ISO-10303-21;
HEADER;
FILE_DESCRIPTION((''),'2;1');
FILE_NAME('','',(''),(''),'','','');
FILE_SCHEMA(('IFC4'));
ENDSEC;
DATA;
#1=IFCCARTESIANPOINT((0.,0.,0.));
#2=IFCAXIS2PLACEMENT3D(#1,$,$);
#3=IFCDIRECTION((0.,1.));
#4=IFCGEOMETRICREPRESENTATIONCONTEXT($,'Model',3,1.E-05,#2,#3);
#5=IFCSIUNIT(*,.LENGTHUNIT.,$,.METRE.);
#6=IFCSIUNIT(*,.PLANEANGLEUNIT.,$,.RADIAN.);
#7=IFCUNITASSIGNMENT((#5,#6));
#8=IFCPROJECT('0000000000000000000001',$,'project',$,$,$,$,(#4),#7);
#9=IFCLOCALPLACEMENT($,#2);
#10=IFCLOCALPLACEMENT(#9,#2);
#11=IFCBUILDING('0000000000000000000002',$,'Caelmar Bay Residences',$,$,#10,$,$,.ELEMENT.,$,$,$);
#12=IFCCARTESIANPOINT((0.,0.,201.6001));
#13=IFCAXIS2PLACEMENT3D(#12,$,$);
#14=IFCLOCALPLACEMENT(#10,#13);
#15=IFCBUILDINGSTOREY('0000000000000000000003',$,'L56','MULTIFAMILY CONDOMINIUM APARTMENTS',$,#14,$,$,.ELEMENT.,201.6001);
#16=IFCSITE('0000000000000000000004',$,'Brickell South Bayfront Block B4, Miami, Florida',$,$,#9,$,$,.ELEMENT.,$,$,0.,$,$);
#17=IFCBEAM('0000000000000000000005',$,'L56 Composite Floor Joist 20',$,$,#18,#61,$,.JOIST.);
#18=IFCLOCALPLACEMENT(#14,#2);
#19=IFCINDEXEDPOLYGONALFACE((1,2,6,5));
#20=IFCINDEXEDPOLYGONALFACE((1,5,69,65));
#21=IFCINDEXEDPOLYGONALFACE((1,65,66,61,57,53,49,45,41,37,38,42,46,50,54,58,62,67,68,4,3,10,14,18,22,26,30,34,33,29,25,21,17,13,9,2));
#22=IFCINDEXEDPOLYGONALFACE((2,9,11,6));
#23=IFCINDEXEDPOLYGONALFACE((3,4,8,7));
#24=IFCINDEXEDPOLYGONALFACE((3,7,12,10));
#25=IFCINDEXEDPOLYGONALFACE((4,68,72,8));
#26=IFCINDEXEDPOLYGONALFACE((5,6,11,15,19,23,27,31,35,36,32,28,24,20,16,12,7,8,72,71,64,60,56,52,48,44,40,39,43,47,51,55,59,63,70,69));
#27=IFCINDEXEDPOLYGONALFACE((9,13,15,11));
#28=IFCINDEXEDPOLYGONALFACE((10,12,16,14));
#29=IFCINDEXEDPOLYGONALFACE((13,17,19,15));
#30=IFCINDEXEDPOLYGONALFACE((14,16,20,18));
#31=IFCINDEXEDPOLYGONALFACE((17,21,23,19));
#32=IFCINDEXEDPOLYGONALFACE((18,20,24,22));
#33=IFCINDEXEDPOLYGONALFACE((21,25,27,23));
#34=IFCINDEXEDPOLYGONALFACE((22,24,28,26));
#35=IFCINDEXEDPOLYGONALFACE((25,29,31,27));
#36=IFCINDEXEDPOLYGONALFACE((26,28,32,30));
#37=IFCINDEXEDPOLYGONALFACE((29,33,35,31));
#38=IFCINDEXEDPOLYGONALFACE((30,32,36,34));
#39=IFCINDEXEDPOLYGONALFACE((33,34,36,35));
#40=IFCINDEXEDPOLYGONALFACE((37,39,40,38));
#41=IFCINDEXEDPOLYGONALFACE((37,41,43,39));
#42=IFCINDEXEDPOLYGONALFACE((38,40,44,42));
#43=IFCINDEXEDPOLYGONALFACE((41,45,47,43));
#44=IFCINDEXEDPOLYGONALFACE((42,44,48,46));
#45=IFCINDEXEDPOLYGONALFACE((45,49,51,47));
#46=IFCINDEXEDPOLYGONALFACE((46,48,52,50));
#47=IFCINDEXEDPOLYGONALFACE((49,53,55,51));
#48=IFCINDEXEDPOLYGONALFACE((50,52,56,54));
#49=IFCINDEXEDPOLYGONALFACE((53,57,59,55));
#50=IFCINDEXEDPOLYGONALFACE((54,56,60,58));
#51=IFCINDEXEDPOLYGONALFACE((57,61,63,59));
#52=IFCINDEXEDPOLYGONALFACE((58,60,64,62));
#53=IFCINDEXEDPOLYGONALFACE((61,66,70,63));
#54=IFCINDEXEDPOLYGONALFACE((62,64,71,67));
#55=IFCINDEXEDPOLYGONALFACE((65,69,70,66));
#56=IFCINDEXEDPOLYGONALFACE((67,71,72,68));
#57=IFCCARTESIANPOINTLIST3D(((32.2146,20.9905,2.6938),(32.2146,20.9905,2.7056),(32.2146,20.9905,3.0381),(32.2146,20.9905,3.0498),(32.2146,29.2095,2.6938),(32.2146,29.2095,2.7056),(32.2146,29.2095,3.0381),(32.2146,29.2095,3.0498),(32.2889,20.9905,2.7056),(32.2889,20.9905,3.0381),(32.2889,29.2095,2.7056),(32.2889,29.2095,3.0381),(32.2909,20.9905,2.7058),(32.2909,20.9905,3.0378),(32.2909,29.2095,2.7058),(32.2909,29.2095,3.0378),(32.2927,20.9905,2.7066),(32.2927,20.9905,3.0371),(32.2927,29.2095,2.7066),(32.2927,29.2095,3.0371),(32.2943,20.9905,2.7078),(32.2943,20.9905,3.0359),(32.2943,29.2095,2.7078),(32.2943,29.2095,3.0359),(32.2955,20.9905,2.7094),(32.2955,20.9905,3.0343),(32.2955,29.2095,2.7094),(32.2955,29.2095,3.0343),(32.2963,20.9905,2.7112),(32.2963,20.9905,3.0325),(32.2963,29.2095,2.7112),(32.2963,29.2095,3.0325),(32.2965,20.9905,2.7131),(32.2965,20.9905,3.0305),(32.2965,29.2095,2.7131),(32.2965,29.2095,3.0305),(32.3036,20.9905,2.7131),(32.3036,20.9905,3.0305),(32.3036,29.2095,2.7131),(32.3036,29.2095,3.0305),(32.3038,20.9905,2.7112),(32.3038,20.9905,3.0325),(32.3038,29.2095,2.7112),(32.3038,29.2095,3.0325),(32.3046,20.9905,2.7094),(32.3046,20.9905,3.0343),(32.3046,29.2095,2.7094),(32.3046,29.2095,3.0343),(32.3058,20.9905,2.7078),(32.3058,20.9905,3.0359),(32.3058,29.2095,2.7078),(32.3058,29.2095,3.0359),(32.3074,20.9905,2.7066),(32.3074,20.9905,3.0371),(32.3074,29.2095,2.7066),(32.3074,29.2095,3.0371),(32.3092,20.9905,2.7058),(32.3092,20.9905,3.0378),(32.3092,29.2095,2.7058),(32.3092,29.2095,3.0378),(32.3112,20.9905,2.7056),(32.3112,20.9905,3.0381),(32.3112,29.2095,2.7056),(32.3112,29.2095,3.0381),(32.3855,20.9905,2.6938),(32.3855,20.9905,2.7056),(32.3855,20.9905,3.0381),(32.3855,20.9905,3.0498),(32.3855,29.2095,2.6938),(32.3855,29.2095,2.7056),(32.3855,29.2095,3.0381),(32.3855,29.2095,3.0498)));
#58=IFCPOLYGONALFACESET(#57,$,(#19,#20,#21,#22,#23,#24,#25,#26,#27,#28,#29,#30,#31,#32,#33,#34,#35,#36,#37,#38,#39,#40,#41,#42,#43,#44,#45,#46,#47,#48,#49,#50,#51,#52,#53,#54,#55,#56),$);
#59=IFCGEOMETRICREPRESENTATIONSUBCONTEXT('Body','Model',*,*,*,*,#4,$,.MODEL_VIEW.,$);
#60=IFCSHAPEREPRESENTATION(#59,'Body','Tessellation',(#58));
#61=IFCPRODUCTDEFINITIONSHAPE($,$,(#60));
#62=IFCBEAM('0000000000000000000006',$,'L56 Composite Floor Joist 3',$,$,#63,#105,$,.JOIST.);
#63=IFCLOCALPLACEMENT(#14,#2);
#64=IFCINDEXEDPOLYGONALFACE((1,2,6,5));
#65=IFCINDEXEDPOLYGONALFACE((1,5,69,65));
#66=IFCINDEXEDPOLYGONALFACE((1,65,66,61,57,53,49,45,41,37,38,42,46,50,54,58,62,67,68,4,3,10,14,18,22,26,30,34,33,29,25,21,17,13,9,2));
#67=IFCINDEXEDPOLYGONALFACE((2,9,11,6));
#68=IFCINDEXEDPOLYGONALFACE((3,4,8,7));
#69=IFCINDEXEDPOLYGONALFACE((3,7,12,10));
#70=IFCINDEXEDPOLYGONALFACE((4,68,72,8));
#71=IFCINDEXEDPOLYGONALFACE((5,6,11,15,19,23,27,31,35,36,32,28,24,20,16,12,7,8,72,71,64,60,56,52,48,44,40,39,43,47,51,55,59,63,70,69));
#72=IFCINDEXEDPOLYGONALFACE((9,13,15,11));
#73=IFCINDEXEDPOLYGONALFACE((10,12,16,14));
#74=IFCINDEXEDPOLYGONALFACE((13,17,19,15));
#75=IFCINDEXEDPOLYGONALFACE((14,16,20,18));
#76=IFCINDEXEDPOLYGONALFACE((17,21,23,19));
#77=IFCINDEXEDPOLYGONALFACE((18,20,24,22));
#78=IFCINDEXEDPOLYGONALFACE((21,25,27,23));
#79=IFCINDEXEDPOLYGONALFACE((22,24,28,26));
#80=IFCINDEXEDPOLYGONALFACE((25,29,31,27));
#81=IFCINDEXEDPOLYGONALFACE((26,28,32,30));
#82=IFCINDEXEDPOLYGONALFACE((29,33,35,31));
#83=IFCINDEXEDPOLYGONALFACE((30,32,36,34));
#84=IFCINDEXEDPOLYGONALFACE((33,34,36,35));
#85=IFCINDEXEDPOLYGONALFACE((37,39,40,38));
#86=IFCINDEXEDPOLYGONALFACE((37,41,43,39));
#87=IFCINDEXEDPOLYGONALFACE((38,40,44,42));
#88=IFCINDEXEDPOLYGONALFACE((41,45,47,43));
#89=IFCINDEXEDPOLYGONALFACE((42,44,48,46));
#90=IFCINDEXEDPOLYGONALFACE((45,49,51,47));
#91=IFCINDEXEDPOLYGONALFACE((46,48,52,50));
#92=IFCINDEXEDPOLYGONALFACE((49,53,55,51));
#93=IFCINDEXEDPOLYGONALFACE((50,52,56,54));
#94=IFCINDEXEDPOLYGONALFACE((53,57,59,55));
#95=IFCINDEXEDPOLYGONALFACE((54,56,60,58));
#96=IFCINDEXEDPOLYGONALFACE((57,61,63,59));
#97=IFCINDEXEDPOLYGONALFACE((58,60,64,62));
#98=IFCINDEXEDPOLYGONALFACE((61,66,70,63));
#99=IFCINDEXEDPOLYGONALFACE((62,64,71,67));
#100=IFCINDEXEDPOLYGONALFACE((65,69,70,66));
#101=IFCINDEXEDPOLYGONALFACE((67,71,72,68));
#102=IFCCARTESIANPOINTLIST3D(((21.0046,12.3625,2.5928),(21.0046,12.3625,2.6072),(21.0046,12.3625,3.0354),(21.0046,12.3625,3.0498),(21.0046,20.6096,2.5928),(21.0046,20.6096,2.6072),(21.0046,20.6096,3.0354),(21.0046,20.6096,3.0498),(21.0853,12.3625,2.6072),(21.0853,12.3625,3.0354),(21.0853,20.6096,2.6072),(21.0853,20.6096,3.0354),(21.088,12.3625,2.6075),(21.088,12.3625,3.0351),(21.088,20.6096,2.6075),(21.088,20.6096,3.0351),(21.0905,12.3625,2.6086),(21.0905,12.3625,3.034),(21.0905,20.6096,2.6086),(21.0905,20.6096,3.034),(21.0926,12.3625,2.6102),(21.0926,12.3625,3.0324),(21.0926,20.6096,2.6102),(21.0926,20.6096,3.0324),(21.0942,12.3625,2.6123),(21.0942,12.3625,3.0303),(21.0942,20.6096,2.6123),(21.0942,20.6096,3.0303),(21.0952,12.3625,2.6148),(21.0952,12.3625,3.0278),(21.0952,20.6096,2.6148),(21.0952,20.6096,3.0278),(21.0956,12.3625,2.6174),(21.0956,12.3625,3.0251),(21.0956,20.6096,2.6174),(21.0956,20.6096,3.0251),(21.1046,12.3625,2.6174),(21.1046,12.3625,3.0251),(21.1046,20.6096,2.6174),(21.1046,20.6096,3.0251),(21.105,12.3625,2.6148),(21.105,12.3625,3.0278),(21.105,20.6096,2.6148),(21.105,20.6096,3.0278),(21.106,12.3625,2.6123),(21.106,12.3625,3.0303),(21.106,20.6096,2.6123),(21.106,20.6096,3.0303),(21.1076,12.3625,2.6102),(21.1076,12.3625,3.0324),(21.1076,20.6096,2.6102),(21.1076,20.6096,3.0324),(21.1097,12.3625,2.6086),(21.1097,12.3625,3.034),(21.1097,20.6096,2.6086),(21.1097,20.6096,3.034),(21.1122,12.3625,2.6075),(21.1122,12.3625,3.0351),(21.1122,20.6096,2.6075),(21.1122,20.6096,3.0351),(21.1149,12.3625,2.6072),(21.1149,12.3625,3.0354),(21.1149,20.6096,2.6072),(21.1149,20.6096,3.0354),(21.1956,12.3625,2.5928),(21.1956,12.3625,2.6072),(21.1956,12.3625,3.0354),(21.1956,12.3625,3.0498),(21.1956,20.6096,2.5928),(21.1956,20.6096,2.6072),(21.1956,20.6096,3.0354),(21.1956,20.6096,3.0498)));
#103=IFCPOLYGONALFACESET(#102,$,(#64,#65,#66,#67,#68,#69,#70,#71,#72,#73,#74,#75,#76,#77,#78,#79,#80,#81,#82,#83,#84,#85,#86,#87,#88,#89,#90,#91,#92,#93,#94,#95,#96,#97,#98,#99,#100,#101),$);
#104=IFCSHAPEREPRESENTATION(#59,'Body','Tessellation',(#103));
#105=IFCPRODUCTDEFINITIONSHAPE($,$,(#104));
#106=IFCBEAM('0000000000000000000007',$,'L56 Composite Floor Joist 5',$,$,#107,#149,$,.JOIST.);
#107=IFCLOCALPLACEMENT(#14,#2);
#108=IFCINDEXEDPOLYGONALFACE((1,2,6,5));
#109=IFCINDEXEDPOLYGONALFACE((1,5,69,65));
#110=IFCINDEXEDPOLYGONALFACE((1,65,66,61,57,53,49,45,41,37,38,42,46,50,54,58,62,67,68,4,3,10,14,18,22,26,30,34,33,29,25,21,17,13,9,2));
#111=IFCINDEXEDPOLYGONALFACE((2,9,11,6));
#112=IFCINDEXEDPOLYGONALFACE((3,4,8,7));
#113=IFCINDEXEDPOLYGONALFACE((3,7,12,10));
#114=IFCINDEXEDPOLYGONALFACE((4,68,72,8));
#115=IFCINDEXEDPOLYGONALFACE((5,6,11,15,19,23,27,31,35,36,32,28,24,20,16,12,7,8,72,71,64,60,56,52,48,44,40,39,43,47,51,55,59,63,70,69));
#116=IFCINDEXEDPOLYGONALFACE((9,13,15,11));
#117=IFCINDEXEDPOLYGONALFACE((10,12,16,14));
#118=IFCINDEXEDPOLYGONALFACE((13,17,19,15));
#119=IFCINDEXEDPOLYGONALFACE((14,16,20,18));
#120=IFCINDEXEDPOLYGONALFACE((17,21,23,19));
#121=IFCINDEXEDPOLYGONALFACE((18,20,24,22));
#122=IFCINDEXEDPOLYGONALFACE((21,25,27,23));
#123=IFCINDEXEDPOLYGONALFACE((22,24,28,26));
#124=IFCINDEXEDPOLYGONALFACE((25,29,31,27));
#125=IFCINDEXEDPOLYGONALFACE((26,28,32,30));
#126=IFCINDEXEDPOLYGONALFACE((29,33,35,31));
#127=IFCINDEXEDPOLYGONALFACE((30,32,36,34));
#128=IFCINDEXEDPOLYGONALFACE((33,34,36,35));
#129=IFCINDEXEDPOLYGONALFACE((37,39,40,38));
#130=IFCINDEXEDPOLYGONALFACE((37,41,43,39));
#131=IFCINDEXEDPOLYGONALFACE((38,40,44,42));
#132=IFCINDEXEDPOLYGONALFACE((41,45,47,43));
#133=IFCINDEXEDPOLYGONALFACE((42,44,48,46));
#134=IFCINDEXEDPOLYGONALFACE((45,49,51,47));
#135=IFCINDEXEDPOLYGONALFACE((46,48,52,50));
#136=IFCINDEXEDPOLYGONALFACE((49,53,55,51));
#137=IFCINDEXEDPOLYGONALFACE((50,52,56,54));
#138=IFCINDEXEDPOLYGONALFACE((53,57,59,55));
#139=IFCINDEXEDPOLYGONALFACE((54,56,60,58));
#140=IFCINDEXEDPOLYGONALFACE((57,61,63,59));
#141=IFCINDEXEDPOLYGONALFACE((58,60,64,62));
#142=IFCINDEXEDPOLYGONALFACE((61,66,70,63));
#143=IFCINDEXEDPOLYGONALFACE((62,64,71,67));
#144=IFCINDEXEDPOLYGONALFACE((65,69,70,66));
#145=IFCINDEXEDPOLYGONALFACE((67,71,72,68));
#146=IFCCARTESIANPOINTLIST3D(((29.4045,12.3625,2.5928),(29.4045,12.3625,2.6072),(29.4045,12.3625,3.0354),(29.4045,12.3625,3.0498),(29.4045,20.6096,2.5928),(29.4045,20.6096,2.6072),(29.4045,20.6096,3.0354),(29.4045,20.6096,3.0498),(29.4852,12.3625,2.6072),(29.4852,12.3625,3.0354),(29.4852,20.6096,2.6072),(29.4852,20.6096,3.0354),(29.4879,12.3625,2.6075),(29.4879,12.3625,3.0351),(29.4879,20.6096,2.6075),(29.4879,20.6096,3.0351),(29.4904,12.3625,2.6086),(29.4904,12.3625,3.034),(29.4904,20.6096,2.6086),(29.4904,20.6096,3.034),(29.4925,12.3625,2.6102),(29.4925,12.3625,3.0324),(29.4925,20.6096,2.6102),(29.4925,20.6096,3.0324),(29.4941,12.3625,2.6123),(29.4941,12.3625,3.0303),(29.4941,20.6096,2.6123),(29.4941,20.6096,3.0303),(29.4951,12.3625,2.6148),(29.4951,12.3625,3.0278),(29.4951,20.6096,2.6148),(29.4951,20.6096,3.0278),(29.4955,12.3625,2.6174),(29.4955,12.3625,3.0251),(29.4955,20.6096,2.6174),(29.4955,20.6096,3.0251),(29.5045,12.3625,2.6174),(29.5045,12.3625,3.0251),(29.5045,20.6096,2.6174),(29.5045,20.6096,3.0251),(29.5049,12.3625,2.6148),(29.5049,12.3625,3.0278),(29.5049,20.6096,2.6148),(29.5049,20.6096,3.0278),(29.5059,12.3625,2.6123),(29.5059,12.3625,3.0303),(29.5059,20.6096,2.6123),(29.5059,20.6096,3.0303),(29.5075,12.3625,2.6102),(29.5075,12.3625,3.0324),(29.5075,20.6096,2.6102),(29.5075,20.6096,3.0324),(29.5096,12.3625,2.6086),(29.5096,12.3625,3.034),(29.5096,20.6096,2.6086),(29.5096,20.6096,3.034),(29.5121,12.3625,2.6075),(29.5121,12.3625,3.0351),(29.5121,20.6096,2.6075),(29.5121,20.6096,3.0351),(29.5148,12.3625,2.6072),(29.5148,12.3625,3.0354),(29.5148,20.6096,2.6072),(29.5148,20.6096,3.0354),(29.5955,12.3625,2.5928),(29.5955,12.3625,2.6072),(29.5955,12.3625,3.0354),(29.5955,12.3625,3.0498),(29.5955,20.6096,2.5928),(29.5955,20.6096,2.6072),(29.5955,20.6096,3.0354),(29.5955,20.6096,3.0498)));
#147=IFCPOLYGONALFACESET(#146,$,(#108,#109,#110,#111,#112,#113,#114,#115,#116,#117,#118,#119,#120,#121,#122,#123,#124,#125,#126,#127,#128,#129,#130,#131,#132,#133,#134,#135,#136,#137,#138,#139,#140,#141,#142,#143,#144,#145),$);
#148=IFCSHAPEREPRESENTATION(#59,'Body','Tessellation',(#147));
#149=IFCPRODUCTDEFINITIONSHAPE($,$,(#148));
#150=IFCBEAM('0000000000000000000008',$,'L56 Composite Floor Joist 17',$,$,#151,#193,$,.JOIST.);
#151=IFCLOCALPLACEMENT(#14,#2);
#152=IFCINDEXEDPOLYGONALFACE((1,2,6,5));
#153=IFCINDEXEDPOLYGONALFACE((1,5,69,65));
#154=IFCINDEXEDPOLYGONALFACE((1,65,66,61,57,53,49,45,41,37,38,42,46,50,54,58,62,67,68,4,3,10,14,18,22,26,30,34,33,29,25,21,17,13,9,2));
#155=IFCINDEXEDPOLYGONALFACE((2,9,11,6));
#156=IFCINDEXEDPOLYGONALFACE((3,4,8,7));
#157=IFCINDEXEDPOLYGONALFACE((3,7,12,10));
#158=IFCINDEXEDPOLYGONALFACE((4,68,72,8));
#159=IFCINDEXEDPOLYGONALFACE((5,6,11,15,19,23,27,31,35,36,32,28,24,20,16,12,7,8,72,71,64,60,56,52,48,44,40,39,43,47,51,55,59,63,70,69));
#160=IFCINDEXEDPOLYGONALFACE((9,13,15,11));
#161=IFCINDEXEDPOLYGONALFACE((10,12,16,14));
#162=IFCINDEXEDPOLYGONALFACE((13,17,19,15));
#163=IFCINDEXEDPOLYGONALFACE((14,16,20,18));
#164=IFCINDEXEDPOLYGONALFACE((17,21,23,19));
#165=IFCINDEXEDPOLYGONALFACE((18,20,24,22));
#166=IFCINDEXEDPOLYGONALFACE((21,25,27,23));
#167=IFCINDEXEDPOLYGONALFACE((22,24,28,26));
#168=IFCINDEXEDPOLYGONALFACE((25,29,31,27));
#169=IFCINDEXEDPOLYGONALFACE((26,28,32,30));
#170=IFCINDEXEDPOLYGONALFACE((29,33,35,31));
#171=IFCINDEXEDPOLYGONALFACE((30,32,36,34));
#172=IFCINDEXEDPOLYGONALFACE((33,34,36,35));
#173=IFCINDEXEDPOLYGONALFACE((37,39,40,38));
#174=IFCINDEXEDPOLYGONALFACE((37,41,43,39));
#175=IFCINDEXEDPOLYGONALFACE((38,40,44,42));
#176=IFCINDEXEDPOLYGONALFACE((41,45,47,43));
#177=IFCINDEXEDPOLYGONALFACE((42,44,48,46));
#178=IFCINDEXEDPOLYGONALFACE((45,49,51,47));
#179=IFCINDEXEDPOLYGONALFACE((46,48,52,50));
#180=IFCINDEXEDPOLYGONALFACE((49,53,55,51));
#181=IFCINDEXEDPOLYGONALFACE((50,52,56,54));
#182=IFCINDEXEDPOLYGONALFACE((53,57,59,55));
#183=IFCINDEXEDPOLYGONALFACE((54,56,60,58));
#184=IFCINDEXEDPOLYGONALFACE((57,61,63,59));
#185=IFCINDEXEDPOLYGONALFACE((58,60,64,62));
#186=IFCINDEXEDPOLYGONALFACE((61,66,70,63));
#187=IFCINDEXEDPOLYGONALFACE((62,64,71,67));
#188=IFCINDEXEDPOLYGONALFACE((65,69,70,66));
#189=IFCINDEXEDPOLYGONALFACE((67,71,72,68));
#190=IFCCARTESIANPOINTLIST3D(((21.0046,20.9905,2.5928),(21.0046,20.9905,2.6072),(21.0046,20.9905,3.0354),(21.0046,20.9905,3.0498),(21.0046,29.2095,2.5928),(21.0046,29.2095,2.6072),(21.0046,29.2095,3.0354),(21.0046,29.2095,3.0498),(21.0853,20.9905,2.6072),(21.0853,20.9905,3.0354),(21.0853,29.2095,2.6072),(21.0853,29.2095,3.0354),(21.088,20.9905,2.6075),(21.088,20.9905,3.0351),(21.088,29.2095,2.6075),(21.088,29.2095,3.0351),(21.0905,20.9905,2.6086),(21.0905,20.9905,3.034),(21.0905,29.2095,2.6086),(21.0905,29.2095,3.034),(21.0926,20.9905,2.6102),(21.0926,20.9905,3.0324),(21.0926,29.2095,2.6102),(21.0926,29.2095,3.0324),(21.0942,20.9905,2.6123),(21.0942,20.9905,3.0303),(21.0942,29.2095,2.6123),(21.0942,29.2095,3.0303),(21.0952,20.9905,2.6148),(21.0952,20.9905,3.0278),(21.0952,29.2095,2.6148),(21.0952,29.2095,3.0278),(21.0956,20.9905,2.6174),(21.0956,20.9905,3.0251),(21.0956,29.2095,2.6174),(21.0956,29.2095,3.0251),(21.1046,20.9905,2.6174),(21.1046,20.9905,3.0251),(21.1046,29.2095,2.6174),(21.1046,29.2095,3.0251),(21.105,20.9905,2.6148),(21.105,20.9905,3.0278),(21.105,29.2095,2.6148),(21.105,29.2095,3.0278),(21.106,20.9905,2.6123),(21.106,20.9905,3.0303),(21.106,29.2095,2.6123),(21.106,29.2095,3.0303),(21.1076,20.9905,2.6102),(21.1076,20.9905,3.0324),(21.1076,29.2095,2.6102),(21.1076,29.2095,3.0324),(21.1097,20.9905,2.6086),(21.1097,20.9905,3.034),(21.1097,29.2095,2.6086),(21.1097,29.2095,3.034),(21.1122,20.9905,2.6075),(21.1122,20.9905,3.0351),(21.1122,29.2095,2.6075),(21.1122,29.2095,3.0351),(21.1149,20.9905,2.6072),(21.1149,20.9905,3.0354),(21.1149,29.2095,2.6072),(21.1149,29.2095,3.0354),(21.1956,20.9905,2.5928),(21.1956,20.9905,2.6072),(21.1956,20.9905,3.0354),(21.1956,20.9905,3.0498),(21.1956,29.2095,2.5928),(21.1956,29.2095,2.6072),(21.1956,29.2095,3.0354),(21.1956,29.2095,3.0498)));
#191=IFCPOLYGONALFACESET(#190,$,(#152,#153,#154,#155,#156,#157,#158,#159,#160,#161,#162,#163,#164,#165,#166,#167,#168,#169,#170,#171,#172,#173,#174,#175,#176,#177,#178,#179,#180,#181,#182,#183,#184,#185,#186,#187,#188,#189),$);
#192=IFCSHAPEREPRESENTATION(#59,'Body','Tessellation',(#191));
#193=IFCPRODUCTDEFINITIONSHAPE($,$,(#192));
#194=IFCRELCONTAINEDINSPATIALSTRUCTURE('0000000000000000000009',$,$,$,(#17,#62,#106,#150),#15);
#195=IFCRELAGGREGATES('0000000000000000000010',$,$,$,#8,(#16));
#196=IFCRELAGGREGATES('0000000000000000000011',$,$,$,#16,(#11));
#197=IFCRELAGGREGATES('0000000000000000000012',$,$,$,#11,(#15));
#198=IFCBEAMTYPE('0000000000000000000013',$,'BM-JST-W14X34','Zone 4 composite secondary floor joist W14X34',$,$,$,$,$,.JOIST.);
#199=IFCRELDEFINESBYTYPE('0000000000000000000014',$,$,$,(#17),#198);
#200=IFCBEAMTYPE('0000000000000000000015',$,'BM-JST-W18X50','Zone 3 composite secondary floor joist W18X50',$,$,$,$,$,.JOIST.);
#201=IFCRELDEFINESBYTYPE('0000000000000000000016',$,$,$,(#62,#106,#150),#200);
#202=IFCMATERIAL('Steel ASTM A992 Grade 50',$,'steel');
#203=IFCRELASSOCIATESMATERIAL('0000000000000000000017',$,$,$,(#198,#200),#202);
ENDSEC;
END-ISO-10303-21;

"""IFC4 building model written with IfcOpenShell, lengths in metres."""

from ifc_helpers import new_model, si_unit, direction, frame, origin, origin_2d, place, context, subcontext, project, spatial, i_section, extrude, material, material_profile, profile_set, type_object, element, save


model = new_model("IFC4")

# Units and contexts
model_context = context("Model", 3, precision=1e-05, world=origin(), true_north=direction((0.0, 1.0)))
body_context = subcontext(model_context, "Body", "Model", "MODEL_VIEW")
ifc_project = project(units=[si_unit("LENGTHUNIT", "METRE"), si_unit("PLANEANGLEUNIT", "RADIAN")], contexts=[model_context])

# Site, building, storey
site_placement = place(None, origin())
site = spatial("IfcSite", under=ifc_project, at=site_placement, Name="Brickell South Bayfront Block B4, Miami, Florida", CompositionType="ELEMENT", RefElevation=0.0)
building_placement = place(site_placement, origin())
building = spatial("IfcBuilding", under=site, at=building_placement, Name="Caelmar Bay Residences", CompositionType="ELEMENT")
storey_placement = place(building_placement, frame((0.0, 0.0, 201.6001)))
storey = spatial("IfcBuildingStorey", under=building, at=storey_placement, Name="L56", Description="MULTIFAMILY CONDOMINIUM APARTMENTS", CompositionType="ELEMENT", Elevation=201.6001)

# Beams
ifc_material_1 = material(Name="Steel ASTM A992 Grade 50", Category="steel")
ifc_material_profile_1 = material_profile(ifc_material_1, i_section(OverallWidth=0.1709, OverallDepth=0.356, WebThickness=0.0071, FlangeThickness=0.0117, FilletRadius=0.0076, at=origin_2d()), Name="W14X34")
ifc_profile_set_1 = profile_set([ifc_material_profile_1], Name="Steel ASTM A992 Grade 50")
beam_type_1 = type_object("IfcBeamType", Name="BM-JST-W14X34", Description="Zone 4 composite secondary floor joist W14X34", PredefinedType="JOIST", material=ifc_profile_set_1)
for number, where, z_axis, x_axis, name in (
    (1, (32.3, 20.9905, 2.8718), (0.0, 1.0, 0.0), (-1.0, 0.0, 0.0), "L56 Composite Floor Joist 20"),
):
    element("IfcBeam", number, at=place(storey_placement, frame(where, z_axis=z_axis, x_axis=x_axis)), inside=storey, type_object=beam_type_1, Name=name, PredefinedType="JOIST", context=body_context, shape_type="SweptSolid", body=[
        extrude(i_section(OverallWidth=0.1709, OverallDepth=0.356, WebThickness=0.0071, FlangeThickness=0.0117, FilletRadius=0.0076, at=origin_2d()), origin(), (0.0, 0.0, 1.0), 8.219),
    ])
ifc_material_profile_2 = material_profile(ifc_material_1, i_section(OverallWidth=0.1909, OverallDepth=0.457, WebThickness=0.009, FlangeThickness=0.0144, FilletRadius=0.0103, at=origin_2d()), Name="W18X50")
ifc_profile_set_2 = profile_set([ifc_material_profile_2], Name="Steel ASTM A992 Grade 50")
beam_type_2 = type_object("IfcBeamType", Name="BM-JST-W18X50", Description="Zone 3 composite secondary floor joist W18X50", PredefinedType="JOIST", material=ifc_profile_set_2)
for number, where, z_axis, x_axis, name in (
    (2, (21.1001, 12.3625, 2.8213), (0.0, 1.0, 0.0), (-1.0, 0.0, 0.0), "L56 Composite Floor Joist 3"),
    (3, (29.5, 12.3625, 2.8213), (0.0, 1.0, 0.0), (-1.0, 0.0, 0.0), "L56 Composite Floor Joist 5"),
):
    element("IfcBeam", number, at=place(storey_placement, frame(where, z_axis=z_axis, x_axis=x_axis)), inside=storey, type_object=beam_type_2, Name=name, PredefinedType="JOIST", context=body_context, shape_type="SweptSolid", body=[
        extrude(i_section(OverallWidth=0.1909, OverallDepth=0.457, WebThickness=0.009, FlangeThickness=0.0144, FilletRadius=0.0103, at=origin_2d()), origin(), (0.0, 0.0, 1.0), 8.2471),
    ])
for number, where, z_axis, x_axis, name in (
    (4, (21.1001, 20.9905, 2.8213), (0.0, 1.0, 0.0), (-1.0, 0.0, 0.0), "L56 Composite Floor Joist 17"),
):
    element("IfcBeam", number, at=place(storey_placement, frame(where, z_axis=z_axis, x_axis=x_axis)), inside=storey, type_object=beam_type_2, Name=name, PredefinedType="JOIST", context=body_context, shape_type="SweptSolid", body=[
        extrude(i_section(OverallWidth=0.1909, OverallDepth=0.457, WebThickness=0.009, FlangeThickness=0.0144, FilletRadius=0.0103, at=origin_2d()), origin(), (0.0, 0.0, 1.0), 8.219),
    ])

save(model, "model.ifc")
